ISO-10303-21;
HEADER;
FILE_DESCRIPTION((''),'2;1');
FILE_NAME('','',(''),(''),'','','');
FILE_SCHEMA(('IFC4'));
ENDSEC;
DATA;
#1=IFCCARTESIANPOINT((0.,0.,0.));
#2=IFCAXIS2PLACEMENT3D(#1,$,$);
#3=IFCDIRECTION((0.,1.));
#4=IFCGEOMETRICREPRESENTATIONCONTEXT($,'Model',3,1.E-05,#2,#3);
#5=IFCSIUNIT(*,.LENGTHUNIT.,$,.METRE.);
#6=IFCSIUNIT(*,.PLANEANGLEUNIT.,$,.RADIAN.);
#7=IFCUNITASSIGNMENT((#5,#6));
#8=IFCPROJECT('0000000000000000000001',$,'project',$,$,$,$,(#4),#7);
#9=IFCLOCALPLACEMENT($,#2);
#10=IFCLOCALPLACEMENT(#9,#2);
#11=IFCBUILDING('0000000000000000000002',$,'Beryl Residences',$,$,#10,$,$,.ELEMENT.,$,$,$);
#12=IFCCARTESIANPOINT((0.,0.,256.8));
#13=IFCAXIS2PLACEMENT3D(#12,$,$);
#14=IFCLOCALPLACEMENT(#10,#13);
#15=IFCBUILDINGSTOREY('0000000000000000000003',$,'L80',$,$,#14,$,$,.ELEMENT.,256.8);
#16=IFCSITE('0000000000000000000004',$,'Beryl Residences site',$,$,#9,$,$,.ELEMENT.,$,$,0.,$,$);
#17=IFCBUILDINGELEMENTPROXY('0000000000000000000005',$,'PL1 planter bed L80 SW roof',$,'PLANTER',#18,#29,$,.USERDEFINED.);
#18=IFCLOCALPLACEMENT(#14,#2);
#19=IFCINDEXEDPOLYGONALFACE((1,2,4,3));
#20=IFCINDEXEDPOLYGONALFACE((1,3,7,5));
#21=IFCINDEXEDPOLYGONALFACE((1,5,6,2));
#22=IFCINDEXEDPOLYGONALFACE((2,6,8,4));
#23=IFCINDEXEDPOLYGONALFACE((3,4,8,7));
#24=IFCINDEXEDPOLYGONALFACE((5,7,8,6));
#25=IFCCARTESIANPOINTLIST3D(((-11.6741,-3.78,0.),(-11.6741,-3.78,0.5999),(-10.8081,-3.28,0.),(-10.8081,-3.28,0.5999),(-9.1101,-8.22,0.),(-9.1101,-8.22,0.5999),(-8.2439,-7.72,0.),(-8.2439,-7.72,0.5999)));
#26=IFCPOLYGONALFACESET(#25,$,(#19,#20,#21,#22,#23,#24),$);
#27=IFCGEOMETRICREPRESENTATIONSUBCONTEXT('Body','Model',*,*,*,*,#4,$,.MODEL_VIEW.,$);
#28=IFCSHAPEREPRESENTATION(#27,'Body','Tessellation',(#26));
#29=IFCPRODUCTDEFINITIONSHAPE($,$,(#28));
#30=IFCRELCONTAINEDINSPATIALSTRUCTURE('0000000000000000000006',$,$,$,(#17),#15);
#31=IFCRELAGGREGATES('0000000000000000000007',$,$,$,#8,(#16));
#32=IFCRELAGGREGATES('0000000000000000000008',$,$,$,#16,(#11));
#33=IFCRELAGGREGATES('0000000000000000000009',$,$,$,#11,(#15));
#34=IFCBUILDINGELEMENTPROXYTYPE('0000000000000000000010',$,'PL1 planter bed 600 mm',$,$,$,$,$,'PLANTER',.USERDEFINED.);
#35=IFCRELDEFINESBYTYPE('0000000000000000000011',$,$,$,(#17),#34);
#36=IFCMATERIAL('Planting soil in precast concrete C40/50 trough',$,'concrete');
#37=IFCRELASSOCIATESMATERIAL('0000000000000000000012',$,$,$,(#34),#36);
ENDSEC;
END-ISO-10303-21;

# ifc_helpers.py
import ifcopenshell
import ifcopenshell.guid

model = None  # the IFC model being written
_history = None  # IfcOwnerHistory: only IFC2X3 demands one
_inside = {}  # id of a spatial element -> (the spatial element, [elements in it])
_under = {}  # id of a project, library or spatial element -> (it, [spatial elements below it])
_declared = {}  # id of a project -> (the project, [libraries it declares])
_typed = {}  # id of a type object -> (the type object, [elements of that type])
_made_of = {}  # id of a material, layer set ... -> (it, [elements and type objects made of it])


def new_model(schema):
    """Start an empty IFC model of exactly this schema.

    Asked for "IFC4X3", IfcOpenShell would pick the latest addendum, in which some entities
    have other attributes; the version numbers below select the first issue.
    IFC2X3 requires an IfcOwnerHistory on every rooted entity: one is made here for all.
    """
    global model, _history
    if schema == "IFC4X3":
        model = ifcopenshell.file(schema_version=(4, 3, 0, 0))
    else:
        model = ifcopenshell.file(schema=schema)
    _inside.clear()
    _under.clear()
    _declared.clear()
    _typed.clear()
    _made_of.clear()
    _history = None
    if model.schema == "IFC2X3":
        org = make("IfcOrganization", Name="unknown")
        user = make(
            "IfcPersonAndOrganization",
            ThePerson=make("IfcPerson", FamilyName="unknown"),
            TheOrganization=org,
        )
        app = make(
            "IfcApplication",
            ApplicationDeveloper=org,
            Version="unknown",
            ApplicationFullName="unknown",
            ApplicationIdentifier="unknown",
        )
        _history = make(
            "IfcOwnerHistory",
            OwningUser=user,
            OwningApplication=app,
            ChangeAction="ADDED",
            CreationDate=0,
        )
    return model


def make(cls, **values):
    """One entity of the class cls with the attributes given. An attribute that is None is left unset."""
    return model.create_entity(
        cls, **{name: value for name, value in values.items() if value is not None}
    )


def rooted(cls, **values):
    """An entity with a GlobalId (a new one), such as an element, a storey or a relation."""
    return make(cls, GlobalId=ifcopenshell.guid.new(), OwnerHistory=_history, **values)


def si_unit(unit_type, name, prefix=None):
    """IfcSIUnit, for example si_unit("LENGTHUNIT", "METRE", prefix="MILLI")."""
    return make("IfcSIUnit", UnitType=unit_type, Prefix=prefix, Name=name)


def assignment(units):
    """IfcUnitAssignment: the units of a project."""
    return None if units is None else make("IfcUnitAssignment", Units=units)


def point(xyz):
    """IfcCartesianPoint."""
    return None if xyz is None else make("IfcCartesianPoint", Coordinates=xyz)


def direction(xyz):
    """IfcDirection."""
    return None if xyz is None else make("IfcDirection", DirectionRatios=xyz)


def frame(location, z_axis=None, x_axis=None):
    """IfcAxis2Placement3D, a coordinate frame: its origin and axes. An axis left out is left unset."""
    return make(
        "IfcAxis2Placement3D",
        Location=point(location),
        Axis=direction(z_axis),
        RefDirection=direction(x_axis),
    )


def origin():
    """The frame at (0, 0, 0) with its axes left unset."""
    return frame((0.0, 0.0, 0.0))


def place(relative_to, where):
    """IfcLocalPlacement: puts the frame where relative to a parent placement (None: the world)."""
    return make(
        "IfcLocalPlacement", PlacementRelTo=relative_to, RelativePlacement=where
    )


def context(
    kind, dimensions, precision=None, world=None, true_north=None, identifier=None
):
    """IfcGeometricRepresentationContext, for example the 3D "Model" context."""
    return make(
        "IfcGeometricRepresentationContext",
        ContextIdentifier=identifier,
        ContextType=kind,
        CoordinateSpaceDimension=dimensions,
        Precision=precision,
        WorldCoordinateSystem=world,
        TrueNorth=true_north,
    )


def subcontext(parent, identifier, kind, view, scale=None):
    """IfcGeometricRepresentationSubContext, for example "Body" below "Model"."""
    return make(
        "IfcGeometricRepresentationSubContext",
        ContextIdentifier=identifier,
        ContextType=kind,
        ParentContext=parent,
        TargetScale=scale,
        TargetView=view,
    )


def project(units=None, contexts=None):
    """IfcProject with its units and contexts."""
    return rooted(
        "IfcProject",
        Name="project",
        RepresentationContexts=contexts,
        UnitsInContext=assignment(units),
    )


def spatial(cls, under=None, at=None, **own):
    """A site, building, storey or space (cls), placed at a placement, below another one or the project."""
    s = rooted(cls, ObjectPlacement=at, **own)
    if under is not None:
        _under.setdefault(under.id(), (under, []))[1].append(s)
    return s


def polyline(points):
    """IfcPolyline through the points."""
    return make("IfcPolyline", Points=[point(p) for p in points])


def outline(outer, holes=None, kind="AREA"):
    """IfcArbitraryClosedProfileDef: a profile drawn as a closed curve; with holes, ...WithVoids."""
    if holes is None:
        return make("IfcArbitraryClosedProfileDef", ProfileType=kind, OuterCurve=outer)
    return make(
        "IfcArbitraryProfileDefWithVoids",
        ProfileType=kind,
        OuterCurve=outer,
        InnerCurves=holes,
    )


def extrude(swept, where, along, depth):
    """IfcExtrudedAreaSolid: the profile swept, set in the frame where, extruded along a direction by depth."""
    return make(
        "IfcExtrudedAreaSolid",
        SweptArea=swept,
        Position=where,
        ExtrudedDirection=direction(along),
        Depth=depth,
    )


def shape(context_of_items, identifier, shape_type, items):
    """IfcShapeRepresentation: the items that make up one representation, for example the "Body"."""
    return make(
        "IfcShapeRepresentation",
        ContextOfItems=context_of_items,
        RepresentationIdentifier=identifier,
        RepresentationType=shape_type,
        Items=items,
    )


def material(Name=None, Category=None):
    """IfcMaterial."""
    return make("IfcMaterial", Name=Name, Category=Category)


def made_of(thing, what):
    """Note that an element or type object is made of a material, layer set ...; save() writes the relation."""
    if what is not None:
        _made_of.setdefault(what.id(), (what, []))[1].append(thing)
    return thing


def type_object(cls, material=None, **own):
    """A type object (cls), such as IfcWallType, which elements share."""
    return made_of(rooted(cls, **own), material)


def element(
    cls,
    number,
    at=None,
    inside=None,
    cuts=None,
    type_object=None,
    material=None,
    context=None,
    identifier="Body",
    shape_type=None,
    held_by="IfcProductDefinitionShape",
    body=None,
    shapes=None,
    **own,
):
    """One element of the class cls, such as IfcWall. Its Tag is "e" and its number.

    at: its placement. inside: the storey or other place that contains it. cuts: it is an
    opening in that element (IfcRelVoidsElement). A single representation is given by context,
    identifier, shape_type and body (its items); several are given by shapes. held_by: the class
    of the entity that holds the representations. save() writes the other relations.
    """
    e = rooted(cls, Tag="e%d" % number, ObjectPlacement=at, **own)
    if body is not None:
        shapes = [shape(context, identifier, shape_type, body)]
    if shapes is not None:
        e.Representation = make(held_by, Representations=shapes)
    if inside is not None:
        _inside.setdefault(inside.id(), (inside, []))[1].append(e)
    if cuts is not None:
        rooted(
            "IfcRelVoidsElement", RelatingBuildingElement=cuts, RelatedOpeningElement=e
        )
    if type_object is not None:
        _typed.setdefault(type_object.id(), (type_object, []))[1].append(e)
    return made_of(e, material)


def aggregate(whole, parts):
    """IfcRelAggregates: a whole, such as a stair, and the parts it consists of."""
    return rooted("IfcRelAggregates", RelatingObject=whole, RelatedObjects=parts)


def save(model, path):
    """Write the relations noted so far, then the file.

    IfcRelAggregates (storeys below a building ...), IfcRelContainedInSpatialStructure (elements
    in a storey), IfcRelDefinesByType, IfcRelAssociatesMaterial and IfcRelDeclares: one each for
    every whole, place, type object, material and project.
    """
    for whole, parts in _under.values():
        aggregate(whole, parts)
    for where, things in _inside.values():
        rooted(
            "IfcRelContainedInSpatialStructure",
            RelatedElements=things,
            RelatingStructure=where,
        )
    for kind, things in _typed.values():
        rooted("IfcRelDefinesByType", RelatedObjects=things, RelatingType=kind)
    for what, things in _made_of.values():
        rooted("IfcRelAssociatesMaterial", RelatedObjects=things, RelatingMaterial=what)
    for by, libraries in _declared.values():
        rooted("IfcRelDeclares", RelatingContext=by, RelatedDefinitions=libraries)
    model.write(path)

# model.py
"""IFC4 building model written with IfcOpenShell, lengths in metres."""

from ifc_helpers import new_model, si_unit, direction, frame, origin, place, context, subcontext, project, spatial, polyline, outline, extrude, material, type_object, element, save


model = new_model("IFC4")

# Units and contexts
model_context = context("Model", 3, precision=1e-05, world=origin(), true_north=direction((0.0, 1.0)))
body_context = subcontext(model_context, "Body", "Model", "MODEL_VIEW")
ifc_project = project(units=[si_unit("LENGTHUNIT", "METRE"), si_unit("PLANEANGLEUNIT", "RADIAN")], contexts=[model_context])

# Site, building, storey
site_placement = place(None, origin())
site = spatial("IfcSite", under=ifc_project, at=site_placement, Name="Beryl Residences site", CompositionType="ELEMENT", RefElevation=0.0)
building_placement = place(site_placement, origin())
building = spatial("IfcBuilding", under=site, at=building_placement, Name="Beryl Residences", CompositionType="ELEMENT")
storey_placement = place(building_placement, frame((0.0, 0.0, 256.8)))
storey = spatial("IfcBuildingStorey", under=building, at=storey_placement, Name="L80", CompositionType="ELEMENT", Elevation=256.8)

# Building element proxy
ifc_material_1 = material(Name="Planting soil in precast concrete C40/50 trough", Category="concrete")
building_element_proxy_type = type_object("IfcBuildingElementProxyType", Name="PL1 planter bed 600 mm", ElementType="PLANTER", PredefinedType="USERDEFINED", material=ifc_material_1)
proxy_placement = place(storey_placement, origin())
element("IfcBuildingElementProxy", 1, at=proxy_placement, inside=storey, type_object=building_element_proxy_type, Name="PL1 planter bed L80 SW roof", ObjectType="PLANTER", PredefinedType="USERDEFINED", context=body_context, shape_type="SweptSolid", body=[
    extrude(outline(polyline([(-11.6741, -3.78), (-9.1101, -8.22), (-8.2439, -7.72), (-10.8081, -3.28), (-11.6741, -3.78)])), origin(), (0.0, 0.0, 1.0), 0.5999),
])

save(model, "model.ifc")
